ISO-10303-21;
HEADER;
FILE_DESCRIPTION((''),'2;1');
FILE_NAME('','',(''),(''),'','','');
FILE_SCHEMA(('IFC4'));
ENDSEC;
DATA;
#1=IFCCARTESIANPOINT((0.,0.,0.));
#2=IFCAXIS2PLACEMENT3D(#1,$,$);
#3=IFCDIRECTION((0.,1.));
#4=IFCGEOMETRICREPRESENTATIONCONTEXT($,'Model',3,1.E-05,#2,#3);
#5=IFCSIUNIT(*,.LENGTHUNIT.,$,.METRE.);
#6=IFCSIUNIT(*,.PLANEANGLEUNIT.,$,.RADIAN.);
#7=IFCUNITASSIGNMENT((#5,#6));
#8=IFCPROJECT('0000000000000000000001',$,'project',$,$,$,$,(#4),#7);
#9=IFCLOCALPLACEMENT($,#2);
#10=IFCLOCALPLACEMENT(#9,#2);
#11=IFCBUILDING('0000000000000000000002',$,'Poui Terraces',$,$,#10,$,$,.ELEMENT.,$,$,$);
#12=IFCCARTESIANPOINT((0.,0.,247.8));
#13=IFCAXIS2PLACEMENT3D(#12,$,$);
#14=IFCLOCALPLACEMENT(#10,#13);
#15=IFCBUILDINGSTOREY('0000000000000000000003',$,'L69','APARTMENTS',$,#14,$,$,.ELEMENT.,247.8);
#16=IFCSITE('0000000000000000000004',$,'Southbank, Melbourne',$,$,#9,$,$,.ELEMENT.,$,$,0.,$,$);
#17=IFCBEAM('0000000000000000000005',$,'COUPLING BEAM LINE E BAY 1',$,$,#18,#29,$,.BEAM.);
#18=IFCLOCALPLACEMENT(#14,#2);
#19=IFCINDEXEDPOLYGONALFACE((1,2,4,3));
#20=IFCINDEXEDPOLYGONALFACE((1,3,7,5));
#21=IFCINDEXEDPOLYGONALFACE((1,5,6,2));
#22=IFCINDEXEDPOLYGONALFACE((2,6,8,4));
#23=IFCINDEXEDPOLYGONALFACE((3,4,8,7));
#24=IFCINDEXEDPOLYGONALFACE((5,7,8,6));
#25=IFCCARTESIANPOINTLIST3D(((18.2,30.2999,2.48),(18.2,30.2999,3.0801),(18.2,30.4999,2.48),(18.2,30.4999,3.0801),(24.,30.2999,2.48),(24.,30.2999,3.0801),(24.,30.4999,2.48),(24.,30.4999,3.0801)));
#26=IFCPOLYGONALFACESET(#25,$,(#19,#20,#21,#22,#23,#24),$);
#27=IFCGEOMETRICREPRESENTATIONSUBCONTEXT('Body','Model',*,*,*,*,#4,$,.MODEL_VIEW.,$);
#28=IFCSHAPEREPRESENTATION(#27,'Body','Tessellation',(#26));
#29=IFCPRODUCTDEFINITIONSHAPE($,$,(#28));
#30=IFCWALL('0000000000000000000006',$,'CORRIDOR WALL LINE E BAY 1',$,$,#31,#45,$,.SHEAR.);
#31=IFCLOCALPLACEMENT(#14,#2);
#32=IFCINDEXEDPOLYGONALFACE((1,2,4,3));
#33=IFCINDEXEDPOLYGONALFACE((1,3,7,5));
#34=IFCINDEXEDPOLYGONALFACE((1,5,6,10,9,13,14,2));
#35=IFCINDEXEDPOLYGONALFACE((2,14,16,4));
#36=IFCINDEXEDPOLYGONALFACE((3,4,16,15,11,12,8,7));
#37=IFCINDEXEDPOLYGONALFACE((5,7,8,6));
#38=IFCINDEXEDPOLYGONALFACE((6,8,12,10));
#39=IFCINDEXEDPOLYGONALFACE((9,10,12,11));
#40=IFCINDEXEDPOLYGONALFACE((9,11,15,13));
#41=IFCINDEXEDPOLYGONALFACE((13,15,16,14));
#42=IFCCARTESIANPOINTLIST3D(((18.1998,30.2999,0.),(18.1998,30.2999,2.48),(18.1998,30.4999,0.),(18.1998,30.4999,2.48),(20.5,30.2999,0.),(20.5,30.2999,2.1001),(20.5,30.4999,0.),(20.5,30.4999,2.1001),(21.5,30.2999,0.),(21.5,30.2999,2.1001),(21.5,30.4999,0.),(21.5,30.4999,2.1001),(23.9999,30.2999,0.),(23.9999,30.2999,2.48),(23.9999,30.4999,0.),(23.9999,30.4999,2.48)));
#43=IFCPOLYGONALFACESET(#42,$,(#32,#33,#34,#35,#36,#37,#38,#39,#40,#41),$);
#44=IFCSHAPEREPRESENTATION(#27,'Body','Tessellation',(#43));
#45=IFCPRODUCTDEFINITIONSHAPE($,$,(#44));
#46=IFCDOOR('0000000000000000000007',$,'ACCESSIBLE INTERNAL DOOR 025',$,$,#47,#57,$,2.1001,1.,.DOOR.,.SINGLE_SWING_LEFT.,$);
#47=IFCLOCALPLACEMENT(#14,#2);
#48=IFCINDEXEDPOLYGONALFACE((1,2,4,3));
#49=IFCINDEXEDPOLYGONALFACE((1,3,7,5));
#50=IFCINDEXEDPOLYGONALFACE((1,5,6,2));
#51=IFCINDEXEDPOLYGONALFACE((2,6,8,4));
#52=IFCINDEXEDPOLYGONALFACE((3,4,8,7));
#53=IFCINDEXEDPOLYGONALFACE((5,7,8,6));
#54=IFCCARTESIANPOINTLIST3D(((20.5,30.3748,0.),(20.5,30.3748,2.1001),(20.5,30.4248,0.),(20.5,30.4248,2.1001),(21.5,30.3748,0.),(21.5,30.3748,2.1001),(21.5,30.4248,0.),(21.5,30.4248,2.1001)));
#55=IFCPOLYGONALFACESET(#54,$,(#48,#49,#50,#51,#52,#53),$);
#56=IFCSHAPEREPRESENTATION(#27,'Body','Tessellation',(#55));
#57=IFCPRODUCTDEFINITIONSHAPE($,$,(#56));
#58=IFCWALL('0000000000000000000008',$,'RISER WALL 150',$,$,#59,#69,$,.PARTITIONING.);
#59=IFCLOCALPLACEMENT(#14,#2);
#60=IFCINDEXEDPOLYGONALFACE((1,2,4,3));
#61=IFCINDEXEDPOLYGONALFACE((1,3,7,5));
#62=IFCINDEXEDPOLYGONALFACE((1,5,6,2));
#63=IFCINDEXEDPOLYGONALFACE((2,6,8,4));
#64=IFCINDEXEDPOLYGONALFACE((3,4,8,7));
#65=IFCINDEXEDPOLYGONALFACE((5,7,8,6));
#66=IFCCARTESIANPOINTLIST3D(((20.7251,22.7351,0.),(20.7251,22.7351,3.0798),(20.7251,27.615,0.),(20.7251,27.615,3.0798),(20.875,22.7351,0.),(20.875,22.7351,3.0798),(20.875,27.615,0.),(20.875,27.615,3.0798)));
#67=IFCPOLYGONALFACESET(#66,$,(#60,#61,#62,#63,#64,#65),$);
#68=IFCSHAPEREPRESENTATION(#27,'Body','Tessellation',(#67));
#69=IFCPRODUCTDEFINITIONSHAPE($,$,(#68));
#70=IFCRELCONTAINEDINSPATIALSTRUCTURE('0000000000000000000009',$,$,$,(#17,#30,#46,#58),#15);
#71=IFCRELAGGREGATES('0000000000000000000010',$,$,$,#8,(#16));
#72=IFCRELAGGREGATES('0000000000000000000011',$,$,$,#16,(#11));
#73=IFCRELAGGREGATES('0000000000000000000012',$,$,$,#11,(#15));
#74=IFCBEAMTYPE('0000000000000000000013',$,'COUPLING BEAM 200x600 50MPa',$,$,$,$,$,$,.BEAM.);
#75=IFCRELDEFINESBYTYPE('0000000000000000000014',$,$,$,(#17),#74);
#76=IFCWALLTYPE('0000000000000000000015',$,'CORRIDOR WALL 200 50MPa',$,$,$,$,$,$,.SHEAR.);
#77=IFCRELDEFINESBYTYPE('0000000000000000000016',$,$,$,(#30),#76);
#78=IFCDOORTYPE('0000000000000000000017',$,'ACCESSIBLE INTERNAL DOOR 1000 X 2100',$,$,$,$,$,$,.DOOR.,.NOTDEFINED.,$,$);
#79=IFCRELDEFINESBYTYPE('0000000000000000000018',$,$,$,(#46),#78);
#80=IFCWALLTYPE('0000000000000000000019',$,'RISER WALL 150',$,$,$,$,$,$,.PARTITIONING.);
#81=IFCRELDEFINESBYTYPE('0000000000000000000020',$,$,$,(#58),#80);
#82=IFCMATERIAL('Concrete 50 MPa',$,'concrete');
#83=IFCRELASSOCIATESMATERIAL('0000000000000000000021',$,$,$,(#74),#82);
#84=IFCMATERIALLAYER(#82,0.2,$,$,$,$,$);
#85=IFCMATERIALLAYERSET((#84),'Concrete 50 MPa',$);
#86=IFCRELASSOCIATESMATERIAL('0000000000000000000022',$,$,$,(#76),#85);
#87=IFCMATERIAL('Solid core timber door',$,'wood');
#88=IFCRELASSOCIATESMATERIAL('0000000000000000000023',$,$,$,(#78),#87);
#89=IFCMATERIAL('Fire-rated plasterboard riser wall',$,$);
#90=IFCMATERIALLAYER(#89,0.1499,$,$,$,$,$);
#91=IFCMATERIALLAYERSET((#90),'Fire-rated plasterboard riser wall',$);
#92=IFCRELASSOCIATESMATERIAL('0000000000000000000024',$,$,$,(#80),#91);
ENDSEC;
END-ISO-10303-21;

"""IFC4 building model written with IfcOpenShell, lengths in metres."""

from ifc_helpers import new_model, si_unit, direction, frame, frame_2d, origin, origin_2d, place, context, subcontext, project, spatial, rectangle, extrude, source, transform, mapped, material, layer, layer_set, material_profile, profile_set, type_object, element, fill, save


model = new_model("IFC4")

# Units and contexts
model_context = context("Model", 3, precision=1e-05, world=origin(), true_north=direction((0.0, 1.0)))
body_context = subcontext(model_context, "Body", "Model", "MODEL_VIEW")
ifc_project = project(units=[si_unit("LENGTHUNIT", "METRE"), si_unit("PLANEANGLEUNIT", "RADIAN")], contexts=[model_context])

# Site, building, storey
site_placement = place(None, origin())
site = spatial("IfcSite", under=ifc_project, at=site_placement, Name="Southbank, Melbourne", CompositionType="ELEMENT", RefElevation=0.0)
building_placement = place(site_placement, origin())
building = spatial("IfcBuilding", under=site, at=building_placement, Name="Poui Terraces", CompositionType="ELEMENT")
storey_placement = place(building_placement, frame((0.0, 0.0, 247.8)))
storey = spatial("IfcBuildingStorey", under=building, at=storey_placement, Name="L69", Description="APARTMENTS", CompositionType="ELEMENT", Elevation=247.8)

# Beam
ifc_material_1 = material(Name="Concrete 50 MPa", Category="concrete")
ifc_material_profile = material_profile(ifc_material_1, rectangle(XDim=0.2, YDim=0.6001, at=origin_2d()), Name="RC 200x600")
ifc_profile_set = profile_set([ifc_material_profile], Name="Concrete 50 MPa")
beam_type = type_object("IfcBeamType", Name="COUPLING BEAM 200x600 50MPa", PredefinedType="BEAM", material=ifc_profile_set)
shared_shape = source(origin(), body_context, "Body", "SweptSolid", [
    extrude(rectangle(XDim=0.2, YDim=0.6001, at=origin_2d()), origin(), (0.0, 0.0, 1.0), 5.8),
])
beam_placement = place(storey_placement, frame((18.2, 30.3999, 2.78), z_axis=(1.0, 0.0, 0.0), x_axis=(0.0, 1.0, 0.0)))
element("IfcBeam", 1, at=beam_placement, inside=storey, type_object=beam_type, Name="COUPLING BEAM LINE E BAY 1", PredefinedType="BEAM", context=body_context, shape_type="MappedRepresentation", body=[
    mapped(shared_shape, transform((0.0, 0.0, 0.0))),
])

# Wall, opening, door
ifc_layer_1 = layer(ifc_material_1, 0.2)
ifc_layer_set_1 = layer_set([ifc_layer_1], Name="Concrete 50 MPa")
wall_type_1 = type_object("IfcWallType", Name="CORRIDOR WALL 200 50MPa", PredefinedType="SHEAR", material=ifc_layer_set_1)
wall_1_placement = place(storey_placement, frame((18.2, 30.3999, 0.0), z_axis=(0.0, 0.0, 1.0), x_axis=(1.0, 0.0, 0.0)))
wall_1 = element("IfcWall", 2, at=wall_1_placement, inside=storey, type_object=wall_type_1, Name="CORRIDOR WALL LINE E BAY 1", PredefinedType="SHEAR", context=body_context, shape_type="SweptSolid", body=[
    extrude(rectangle(XDim=5.8, YDim=0.2, at=frame_2d((2.8999, 0.0))), origin(), (0.0, 0.0, 1.0), 2.48),
])
opening_1_placement = place(wall_1_placement, frame((2.3, 0.0, 0.0)))
opening_1 = element("IfcOpeningElement", 3, at=opening_1_placement, cuts=wall_1, PredefinedType="OPENING", context=body_context, shape_type="SweptSolid", body=[
    extrude(rectangle(XDim=1.0, YDim=2.1001, at=frame_2d((0.5, 1.05))), frame((0.0, 0.1099, 0.0), z_axis=(0.0, -1.0, 0.0), x_axis=(1.0, 0.0, 0.0)), (0.0, 0.0, 1.0), 0.22),
])
ifc_material_2 = material(Name="Solid core timber door", Category="wood")
door_type_1 = type_object("IfcDoorType", Name="ACCESSIBLE INTERNAL DOOR 1000 X 2100", OperationType="NOTDEFINED", PredefinedType="DOOR", material=ifc_material_2)
door_1_placement = place(opening_1_placement, origin())
door_1 = element("IfcDoor", 4, at=door_1_placement, inside=storey, type_object=door_type_1, Name="ACCESSIBLE INTERNAL DOOR 025", OperationType="SINGLE_SWING_LEFT", OverallHeight=2.1001, OverallWidth=1.0, PredefinedType="DOOR", context=body_context, shape_type="SweptSolid", body=[
    extrude(rectangle(XDim=1.0, YDim=2.1001, at=frame_2d((0.5, 1.05))), frame((0.0, 0.0249, 0.0), z_axis=(0.0, -1.0, 0.0), x_axis=(1.0, 0.0, 0.0)), (0.0, 0.0, 1.0), 0.05),
])
fill(opening_1, door_1)

# Wall
ifc_material_3 = material(Name="Fire-rated plasterboard riser wall")
ifc_layer_2 = layer(ifc_material_3, 0.1499)
ifc_layer_set_2 = layer_set([ifc_layer_2], Name="Fire-rated plasterboard riser wall")
wall_type_2 = type_object("IfcWallType", Name="RISER WALL 150", PredefinedType="PARTITIONING", material=ifc_layer_set_2)
wall_2_placement = place(storey_placement, frame((20.8, 22.7351, 0.0), z_axis=(0.0, 0.0, 1.0), x_axis=(0.0, 1.0, 0.0)))
element("IfcWall", 5, at=wall_2_placement, inside=storey, type_object=wall_type_2, Name="RISER WALL 150", PredefinedType="PARTITIONING", context=body_context, shape_type="SweptSolid", body=[
    extrude(rectangle(XDim=4.8799, YDim=0.1499, at=frame_2d((2.4399, 0.0))), origin(), (0.0, 0.0, 1.0), 3.0798),
])

save(model, "model.ifc")
